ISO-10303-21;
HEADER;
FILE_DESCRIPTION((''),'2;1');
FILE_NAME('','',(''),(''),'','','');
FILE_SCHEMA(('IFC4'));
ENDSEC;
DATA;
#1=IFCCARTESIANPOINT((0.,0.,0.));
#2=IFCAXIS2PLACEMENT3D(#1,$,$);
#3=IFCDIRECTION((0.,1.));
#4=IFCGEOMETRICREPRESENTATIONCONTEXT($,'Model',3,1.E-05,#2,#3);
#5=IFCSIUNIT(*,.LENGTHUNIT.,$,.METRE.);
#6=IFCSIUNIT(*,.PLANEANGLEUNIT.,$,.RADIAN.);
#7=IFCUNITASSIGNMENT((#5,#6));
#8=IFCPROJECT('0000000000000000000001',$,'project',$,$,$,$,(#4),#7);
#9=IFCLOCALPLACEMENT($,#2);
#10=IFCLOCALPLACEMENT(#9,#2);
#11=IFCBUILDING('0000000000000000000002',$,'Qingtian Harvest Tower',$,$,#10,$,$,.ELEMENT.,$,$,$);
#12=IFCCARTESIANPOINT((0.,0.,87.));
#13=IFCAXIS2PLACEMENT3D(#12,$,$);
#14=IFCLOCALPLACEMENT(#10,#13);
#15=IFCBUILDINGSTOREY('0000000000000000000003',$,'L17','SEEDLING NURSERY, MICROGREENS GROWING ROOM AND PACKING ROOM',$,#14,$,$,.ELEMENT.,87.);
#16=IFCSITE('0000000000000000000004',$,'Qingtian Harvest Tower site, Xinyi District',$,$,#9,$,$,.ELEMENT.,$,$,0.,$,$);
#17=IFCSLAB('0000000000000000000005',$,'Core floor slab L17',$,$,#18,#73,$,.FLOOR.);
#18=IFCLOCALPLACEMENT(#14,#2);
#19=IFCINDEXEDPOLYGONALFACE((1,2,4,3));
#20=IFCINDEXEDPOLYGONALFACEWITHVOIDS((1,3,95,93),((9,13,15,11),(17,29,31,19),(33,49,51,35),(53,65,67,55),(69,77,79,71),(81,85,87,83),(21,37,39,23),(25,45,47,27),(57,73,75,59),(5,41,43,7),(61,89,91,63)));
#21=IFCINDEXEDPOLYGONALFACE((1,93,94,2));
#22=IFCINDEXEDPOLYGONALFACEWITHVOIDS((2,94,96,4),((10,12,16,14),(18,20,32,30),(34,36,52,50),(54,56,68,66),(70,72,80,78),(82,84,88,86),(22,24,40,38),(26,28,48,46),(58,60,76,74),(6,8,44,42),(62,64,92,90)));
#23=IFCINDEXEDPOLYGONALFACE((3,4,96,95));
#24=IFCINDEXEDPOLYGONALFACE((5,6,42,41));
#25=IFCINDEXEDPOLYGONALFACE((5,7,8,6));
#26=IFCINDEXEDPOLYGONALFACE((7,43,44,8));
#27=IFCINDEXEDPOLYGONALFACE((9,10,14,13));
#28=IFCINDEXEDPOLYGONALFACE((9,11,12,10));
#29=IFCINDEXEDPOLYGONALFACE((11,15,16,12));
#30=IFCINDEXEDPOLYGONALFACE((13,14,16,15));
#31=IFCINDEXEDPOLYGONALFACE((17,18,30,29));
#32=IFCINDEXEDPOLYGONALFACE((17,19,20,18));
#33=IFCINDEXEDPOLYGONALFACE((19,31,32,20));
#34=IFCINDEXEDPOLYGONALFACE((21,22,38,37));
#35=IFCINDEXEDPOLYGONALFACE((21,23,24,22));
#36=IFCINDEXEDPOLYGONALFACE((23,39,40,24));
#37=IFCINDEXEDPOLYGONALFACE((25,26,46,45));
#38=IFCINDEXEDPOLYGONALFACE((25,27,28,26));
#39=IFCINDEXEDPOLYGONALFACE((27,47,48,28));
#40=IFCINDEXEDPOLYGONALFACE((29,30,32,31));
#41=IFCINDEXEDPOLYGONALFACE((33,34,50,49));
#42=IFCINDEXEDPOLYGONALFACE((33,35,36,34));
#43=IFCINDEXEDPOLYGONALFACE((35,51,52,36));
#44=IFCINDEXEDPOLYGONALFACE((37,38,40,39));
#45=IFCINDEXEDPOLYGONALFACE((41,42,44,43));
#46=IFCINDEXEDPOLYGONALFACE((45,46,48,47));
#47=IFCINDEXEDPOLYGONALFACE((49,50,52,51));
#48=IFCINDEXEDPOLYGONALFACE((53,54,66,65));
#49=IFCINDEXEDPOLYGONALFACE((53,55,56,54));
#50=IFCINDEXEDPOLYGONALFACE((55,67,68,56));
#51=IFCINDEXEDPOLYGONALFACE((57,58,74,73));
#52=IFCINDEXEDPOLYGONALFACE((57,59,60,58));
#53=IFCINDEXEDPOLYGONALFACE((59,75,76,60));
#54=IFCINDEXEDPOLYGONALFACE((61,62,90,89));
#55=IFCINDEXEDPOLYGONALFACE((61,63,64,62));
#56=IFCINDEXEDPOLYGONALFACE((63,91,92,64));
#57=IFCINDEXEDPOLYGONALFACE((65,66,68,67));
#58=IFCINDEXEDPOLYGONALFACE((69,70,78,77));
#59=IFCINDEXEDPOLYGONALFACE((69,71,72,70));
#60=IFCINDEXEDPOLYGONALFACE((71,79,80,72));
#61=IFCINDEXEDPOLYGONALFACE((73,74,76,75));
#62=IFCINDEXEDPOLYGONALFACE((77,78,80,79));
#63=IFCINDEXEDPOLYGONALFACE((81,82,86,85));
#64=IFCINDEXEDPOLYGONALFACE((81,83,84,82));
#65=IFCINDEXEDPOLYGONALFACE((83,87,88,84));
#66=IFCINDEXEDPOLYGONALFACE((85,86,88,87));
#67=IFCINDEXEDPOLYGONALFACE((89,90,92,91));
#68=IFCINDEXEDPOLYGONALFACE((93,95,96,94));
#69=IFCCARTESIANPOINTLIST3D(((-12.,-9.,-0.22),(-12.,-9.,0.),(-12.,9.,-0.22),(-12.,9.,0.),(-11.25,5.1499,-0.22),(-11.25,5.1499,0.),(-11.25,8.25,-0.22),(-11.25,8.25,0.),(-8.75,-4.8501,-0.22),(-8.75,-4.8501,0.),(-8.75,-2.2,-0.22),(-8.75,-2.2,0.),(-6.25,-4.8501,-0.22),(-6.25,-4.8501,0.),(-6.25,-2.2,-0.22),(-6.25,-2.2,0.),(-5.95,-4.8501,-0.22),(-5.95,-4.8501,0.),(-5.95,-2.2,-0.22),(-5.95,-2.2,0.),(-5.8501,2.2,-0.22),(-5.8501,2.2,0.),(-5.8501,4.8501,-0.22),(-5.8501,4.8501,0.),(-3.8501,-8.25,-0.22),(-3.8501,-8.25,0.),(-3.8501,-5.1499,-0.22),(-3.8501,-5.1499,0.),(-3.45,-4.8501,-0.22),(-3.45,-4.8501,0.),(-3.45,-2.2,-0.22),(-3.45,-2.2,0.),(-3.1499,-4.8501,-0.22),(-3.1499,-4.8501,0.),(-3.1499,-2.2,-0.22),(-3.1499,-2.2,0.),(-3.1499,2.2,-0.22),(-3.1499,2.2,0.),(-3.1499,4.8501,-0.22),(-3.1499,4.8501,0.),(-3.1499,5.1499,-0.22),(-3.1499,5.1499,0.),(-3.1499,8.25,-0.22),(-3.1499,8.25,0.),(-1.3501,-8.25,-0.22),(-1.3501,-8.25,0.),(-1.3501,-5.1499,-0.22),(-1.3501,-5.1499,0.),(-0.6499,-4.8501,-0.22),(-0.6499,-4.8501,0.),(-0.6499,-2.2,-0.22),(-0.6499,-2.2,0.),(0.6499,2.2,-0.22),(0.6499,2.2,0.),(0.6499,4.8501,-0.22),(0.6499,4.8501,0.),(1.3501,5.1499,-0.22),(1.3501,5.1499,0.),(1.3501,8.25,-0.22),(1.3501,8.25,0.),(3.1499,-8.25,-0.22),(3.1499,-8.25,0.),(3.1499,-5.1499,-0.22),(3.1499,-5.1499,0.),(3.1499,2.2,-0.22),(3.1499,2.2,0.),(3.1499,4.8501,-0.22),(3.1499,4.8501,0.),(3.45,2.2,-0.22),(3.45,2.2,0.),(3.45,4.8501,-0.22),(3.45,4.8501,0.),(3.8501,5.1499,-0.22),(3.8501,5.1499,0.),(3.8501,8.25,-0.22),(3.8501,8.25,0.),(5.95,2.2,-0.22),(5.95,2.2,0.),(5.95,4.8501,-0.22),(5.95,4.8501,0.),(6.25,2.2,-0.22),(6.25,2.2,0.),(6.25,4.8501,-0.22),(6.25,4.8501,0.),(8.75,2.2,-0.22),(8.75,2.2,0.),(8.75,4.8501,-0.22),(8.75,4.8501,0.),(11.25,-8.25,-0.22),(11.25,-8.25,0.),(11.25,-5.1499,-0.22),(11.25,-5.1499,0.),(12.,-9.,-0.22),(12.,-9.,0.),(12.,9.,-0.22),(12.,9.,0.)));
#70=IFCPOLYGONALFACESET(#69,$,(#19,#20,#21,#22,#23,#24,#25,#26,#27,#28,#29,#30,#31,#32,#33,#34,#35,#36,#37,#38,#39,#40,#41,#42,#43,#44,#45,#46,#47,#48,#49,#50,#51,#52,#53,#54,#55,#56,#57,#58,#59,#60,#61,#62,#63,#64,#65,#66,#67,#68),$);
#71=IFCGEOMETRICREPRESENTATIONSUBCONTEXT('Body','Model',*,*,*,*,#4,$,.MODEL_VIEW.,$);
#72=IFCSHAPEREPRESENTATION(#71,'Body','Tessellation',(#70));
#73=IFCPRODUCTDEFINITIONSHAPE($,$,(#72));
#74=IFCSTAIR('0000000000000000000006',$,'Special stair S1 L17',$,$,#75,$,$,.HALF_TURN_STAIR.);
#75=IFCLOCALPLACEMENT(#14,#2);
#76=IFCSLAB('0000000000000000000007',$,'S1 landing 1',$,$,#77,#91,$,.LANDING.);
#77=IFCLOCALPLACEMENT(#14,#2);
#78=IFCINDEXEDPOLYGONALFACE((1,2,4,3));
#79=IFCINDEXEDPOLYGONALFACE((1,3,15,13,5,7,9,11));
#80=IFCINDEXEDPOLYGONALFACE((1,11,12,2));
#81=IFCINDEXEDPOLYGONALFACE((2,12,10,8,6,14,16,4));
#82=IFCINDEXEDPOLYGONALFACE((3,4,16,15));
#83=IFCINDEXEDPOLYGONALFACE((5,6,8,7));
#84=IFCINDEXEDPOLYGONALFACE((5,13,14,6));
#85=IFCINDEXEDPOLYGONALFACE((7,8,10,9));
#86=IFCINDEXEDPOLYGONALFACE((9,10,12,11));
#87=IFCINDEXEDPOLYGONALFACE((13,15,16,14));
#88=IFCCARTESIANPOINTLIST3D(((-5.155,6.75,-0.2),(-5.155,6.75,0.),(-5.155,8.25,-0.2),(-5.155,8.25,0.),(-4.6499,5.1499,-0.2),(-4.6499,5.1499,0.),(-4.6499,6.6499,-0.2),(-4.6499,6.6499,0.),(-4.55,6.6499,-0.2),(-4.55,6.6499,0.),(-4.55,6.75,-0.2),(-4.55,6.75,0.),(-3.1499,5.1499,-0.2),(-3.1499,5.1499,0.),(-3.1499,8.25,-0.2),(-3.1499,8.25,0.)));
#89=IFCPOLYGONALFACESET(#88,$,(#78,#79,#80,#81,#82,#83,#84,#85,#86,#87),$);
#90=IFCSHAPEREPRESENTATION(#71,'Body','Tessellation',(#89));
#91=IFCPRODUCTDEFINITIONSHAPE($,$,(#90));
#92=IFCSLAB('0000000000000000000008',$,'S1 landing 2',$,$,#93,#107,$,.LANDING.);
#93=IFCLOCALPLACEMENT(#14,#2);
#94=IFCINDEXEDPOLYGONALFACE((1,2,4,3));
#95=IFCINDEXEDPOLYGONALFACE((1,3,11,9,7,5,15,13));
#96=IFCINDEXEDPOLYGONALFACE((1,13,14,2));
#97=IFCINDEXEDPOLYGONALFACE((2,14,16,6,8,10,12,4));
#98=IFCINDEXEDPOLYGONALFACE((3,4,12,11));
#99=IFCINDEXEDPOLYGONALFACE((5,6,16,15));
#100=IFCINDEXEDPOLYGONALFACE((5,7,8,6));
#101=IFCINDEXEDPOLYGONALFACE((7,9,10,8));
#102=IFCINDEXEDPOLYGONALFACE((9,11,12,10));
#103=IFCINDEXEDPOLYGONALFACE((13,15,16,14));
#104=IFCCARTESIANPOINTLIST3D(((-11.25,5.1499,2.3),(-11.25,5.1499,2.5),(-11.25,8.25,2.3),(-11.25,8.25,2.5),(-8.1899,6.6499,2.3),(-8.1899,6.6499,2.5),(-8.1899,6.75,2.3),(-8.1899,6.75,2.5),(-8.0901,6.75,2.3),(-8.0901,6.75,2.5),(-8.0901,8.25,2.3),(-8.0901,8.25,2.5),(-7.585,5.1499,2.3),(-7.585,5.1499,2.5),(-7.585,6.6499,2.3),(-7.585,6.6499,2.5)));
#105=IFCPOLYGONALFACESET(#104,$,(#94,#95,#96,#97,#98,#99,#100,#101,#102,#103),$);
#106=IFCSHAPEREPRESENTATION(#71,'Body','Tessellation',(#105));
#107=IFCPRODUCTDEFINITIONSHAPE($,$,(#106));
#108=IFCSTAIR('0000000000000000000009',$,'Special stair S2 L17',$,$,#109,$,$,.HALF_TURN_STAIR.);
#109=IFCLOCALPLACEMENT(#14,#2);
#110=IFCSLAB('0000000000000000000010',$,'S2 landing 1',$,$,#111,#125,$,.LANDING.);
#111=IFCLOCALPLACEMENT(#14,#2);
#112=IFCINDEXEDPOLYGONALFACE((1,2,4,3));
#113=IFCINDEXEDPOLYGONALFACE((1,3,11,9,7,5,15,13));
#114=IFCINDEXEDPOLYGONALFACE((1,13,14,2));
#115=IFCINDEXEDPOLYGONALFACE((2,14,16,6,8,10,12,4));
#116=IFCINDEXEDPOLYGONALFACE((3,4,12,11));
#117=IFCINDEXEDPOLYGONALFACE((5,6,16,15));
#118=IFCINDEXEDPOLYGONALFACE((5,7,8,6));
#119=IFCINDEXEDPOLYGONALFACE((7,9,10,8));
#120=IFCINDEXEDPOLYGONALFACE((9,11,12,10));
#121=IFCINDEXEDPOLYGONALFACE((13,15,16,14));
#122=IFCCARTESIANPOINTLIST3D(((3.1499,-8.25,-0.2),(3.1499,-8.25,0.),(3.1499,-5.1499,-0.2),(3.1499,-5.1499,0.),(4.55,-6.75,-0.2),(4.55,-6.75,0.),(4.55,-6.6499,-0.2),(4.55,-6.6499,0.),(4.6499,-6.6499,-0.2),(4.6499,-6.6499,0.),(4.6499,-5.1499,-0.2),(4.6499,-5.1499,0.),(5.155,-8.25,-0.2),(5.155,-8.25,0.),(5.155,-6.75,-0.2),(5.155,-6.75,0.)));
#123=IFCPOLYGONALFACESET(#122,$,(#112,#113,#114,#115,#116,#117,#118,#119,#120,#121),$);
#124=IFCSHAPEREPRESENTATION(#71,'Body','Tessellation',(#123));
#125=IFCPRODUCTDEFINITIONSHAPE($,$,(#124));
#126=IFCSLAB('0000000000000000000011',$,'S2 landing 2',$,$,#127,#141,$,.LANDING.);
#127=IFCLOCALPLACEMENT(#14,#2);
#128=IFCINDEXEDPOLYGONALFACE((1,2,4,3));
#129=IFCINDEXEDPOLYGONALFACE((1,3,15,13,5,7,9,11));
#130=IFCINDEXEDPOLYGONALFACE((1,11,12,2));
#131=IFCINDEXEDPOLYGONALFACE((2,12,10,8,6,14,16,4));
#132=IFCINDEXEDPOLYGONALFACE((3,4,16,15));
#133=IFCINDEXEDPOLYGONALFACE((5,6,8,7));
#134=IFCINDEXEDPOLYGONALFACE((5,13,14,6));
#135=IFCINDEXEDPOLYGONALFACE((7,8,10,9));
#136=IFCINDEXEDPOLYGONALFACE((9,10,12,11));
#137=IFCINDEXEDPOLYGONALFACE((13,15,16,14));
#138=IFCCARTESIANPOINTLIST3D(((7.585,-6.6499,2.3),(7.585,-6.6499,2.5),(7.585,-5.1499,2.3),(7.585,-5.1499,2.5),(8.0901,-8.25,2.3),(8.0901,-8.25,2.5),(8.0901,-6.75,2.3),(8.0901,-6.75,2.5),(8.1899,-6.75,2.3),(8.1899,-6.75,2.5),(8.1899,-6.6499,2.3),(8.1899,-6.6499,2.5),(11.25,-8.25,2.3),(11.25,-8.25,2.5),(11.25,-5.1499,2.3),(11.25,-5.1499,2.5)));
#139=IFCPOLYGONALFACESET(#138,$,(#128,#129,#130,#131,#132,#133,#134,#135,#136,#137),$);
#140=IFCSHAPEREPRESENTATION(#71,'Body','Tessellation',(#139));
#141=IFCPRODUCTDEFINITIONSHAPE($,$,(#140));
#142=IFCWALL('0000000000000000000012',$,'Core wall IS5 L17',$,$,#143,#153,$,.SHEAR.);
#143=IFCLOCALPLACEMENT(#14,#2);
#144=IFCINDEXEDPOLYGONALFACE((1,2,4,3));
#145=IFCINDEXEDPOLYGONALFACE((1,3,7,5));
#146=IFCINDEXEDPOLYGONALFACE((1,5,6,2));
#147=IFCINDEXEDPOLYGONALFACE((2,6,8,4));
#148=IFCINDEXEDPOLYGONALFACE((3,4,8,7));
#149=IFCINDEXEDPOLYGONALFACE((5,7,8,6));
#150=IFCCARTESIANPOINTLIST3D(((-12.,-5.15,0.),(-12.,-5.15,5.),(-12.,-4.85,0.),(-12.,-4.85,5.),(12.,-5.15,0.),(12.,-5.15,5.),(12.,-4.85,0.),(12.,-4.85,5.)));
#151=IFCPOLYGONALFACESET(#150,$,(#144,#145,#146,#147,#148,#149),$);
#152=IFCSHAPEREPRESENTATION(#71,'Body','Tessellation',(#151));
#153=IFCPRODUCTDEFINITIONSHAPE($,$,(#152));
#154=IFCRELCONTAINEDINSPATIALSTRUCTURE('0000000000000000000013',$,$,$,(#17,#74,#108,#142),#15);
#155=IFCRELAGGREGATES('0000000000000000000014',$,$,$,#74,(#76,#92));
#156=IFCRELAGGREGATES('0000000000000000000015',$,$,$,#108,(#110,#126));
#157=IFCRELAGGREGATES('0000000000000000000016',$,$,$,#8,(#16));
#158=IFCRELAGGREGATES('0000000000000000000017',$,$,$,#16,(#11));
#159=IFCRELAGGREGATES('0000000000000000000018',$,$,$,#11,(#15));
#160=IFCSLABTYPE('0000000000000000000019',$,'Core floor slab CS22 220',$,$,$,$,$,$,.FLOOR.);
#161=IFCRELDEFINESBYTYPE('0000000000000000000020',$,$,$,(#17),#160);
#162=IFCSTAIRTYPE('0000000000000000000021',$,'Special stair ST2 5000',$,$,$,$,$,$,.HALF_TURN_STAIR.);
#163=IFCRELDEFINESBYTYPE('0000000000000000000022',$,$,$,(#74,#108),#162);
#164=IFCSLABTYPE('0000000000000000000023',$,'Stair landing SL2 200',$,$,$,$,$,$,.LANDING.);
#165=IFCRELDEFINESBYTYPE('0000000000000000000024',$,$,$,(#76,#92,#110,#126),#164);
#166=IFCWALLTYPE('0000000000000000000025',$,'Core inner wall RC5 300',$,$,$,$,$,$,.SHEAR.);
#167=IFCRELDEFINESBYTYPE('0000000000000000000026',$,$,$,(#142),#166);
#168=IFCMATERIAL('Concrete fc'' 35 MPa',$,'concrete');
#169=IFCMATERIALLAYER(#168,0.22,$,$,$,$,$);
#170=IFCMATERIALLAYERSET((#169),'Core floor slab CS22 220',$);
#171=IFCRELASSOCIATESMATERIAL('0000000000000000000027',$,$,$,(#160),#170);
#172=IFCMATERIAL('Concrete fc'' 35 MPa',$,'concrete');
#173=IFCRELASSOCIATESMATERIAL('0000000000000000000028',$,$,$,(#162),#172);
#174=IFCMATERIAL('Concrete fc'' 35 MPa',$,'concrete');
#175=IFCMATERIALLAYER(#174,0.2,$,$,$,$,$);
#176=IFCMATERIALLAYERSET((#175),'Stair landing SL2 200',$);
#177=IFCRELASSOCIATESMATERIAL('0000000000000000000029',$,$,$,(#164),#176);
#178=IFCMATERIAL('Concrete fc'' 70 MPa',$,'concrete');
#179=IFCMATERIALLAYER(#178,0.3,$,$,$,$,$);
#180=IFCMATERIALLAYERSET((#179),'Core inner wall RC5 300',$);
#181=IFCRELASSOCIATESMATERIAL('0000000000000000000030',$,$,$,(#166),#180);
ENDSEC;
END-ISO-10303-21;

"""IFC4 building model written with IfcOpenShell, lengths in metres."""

from ifc_helpers import new_model, si_unit, direction, frame, frame_2d, origin, place, context, subcontext, project, spatial, polyline, rectangle, outline, extrude, material, layer, layer_set, type_object, element, aggregate, save


model = new_model("IFC4")

# Units and contexts
model_context = context("Model", 3, precision=1e-05, world=origin(), true_north=direction((0.0, 1.0)))
body_context = subcontext(model_context, "Body", "Model", "MODEL_VIEW")
ifc_project = project(units=[si_unit("LENGTHUNIT", "METRE"), si_unit("PLANEANGLEUNIT", "RADIAN")], contexts=[model_context])

# Site, building, storey
site_placement = place(None, origin())
site = spatial("IfcSite", under=ifc_project, at=site_placement, Name="Qingtian Harvest Tower site, Xinyi District", CompositionType="ELEMENT", RefElevation=0.0)
building_placement = place(site_placement, origin())
building = spatial("IfcBuilding", under=site, at=building_placement, Name="Qingtian Harvest Tower", CompositionType="ELEMENT")
storey_placement = place(building_placement, frame((0.0, 0.0, 87.0)))
storey = spatial("IfcBuildingStorey", under=building, at=storey_placement, Name="L17", Description="SEEDLING NURSERY, MICROGREENS GROWING ROOM AND PACKING ROOM", CompositionType="ELEMENT", Elevation=87.0)

# Slab
ifc_material_1 = material(Name="Concrete fc' 35 MPa", Category="concrete")
ifc_layer_1 = layer(ifc_material_1, 0.22)
ifc_layer_set_1 = layer_set([ifc_layer_1], Name="Core floor slab CS22 220")
slab_type_1 = type_object("IfcSlabType", Name="Core floor slab CS22 220", PredefinedType="FLOOR", material=ifc_layer_set_1)
slab_1_placement = place(storey_placement, frame((0.0, 0.0, -0.22)))
element("IfcSlab", 1, at=slab_1_placement, inside=storey, type_object=slab_type_1, Name="Core floor slab L17", PredefinedType="FLOOR", context=body_context, shape_type="SweptSolid", body=[
    extrude(outline(polyline([(-12.0, -9.0), (12.0, -9.0), (12.0, 9.0), (-12.0, 9.0), (-12.0, -9.0)]), holes=[polyline([(-11.25, 5.1499), (-3.1499, 5.1499), (-3.1499, 8.25), (-11.25, 8.25), (-11.25, 5.1499)]), polyline([(3.1499, -8.25), (11.25, -8.25), (11.25, -5.1499), (3.1499, -5.1499), (3.1499, -8.25)]), polyline([(1.3501, 5.1499), (3.8501, 5.1499), (3.8501, 8.25), (1.3501, 8.25), (1.3501, 5.1499)]), polyline([(-3.8501, -8.25), (-1.3501, -8.25), (-1.3501, -5.1499), (-3.8501, -5.1499), (-3.8501, -8.25)]), polyline([(-5.8501, 2.2), (-3.1499, 2.2), (-3.1499, 4.8501), (-5.8501, 4.8501), (-5.8501, 2.2)]), polyline([(0.6499, 2.2), (3.1499, 2.2), (3.1499, 4.8501), (0.6499, 4.8501), (0.6499, 2.2)]), polyline([(3.45, 2.2), (5.95, 2.2), (5.95, 4.8501), (3.45, 4.8501), (3.45, 2.2)]), polyline([(6.25, 2.2), (8.75, 2.2), (8.75, 4.8501), (6.25, 4.8501), (6.25, 2.2)]), polyline([(-8.75, -4.8501), (-6.25, -4.8501), (-6.25, -2.2), (-8.75, -2.2), (-8.75, -4.8501)]), polyline([(-5.95, -4.8501), (-3.45, -4.8501), (-3.45, -2.2), (-5.95, -2.2), (-5.95, -4.8501)]), polyline([(-3.1499, -4.8501), (-0.6499, -4.8501), (-0.6499, -2.2), (-3.1499, -2.2), (-3.1499, -4.8501)])]), origin(), (0.0, 0.0, 1.0), 0.22),
])

# Stairs, slabs
ifc_material_2 = material(Name="Concrete fc' 35 MPa", Category="concrete")
stair_type = type_object("IfcStairType", Name="Special stair ST2 5000", PredefinedType="HALF_TURN_STAIR", material=ifc_material_2)
stair_1_placement = place(storey_placement, origin())
stair_1 = element("IfcStair", 2, at=stair_1_placement, inside=storey, type_object=stair_type, Name="Special stair S1 L17", PredefinedType="HALF_TURN_STAIR")
ifc_material_3 = material(Name="Concrete fc' 35 MPa", Category="concrete")
ifc_layer_2 = layer(ifc_material_3, 0.2)
ifc_layer_set_2 = layer_set([ifc_layer_2], Name="Stair landing SL2 200")
slab_type_2 = type_object("IfcSlabType", Name="Stair landing SL2 200", PredefinedType="LANDING", material=ifc_layer_set_2)
slab_2_placement = place(storey_placement, frame((0.0, 0.0, -0.2)))
slab_2 = element("IfcSlab", 3, at=slab_2_placement, type_object=slab_type_2, Name="S1 landing 1", PredefinedType="LANDING", context=body_context, shape_type="SweptSolid", body=[
    extrude(outline(polyline([(-4.6499, 5.1499), (-4.6499, 6.6499), (-4.55, 6.6499), (-4.55, 6.75), (-5.155, 6.75), (-5.155, 8.25), (-3.1499, 8.25), (-3.1499, 5.1499), (-4.6499, 5.1499)])), origin(), (0.0, 0.0, 1.0), 0.2),
])
slab_3_placement = place(storey_placement, frame((0.0, 0.0, 2.3)))
slab_3 = element("IfcSlab", 4, at=slab_3_placement, type_object=slab_type_2, Name="S1 landing 2", PredefinedType="LANDING", context=body_context, shape_type="SweptSolid", body=[
    extrude(outline(polyline([(-7.585, 5.1499), (-11.25, 5.1499), (-11.25, 8.25), (-8.0901, 8.25), (-8.0901, 6.75), (-8.1899, 6.75), (-8.1899, 6.6499), (-7.585, 6.6499), (-7.585, 5.1499)])), origin(), (0.0, 0.0, 1.0), 0.2),
])
aggregate(stair_1, [slab_2, slab_3])
stair_2_placement = place(storey_placement, origin())
stair_2 = element("IfcStair", 5, at=stair_2_placement, inside=storey, type_object=stair_type, Name="Special stair S2 L17", PredefinedType="HALF_TURN_STAIR")
slab_4_placement = place(storey_placement, frame((0.0, 0.0, -0.2)))
slab_4 = element("IfcSlab", 6, at=slab_4_placement, type_object=slab_type_2, Name="S2 landing 1", PredefinedType="LANDING", context=body_context, shape_type="SweptSolid", body=[
    extrude(outline(polyline([(5.155, -8.25), (3.1499, -8.25), (3.1499, -5.1499), (4.6499, -5.1499), (4.6499, -6.6499), (4.55, -6.6499), (4.55, -6.75), (5.155, -6.75), (5.155, -8.25)])), origin(), (0.0, 0.0, 1.0), 0.2),
])
slab_5_placement = place(storey_placement, frame((0.0, 0.0, 2.3)))
slab_5 = element("IfcSlab", 7, at=slab_5_placement, type_object=slab_type_2, Name="S2 landing 2", PredefinedType="LANDING", context=body_context, shape_type="SweptSolid", body=[
    extrude(outline(polyline([(8.0901, -8.25), (8.0901, -6.75), (8.1899, -6.75), (8.1899, -6.6499), (7.585, -6.6499), (7.585, -5.1499), (11.25, -5.1499), (11.25, -8.25), (8.0901, -8.25)])), origin(), (0.0, 0.0, 1.0), 0.2),
])
aggregate(stair_2, [slab_4, slab_5])

# Wall
ifc_material_4 = material(Name="Concrete fc' 70 MPa", Category="concrete")
ifc_layer_3 = layer(ifc_material_4, 0.3)
ifc_layer_set_3 = layer_set([ifc_layer_3], Name="Core inner wall RC5 300")
wall_type_1 = type_object("IfcWallType", Name="Core inner wall RC5 300", PredefinedType="SHEAR", material=ifc_layer_set_3)
wall_1_placement = place(storey_placement, frame((-12.0, -5.0, 0.0), z_axis=(0.0, 0.0, 1.0), x_axis=(1.0, 0.0, 0.0)))
element("IfcWall", 8, at=wall_1_placement, inside=storey, type_object=wall_type_1, Name="Core wall IS5 L17", PredefinedType="SHEAR", context=body_context, shape_type="SweptSolid", body=[
    extrude(rectangle(XDim=24.0, YDim=0.3, at=frame_2d((12.0, 0.0))), origin(), (0.0, 0.0, 1.0), 5.0),
])

save(model, "model.ifc")
